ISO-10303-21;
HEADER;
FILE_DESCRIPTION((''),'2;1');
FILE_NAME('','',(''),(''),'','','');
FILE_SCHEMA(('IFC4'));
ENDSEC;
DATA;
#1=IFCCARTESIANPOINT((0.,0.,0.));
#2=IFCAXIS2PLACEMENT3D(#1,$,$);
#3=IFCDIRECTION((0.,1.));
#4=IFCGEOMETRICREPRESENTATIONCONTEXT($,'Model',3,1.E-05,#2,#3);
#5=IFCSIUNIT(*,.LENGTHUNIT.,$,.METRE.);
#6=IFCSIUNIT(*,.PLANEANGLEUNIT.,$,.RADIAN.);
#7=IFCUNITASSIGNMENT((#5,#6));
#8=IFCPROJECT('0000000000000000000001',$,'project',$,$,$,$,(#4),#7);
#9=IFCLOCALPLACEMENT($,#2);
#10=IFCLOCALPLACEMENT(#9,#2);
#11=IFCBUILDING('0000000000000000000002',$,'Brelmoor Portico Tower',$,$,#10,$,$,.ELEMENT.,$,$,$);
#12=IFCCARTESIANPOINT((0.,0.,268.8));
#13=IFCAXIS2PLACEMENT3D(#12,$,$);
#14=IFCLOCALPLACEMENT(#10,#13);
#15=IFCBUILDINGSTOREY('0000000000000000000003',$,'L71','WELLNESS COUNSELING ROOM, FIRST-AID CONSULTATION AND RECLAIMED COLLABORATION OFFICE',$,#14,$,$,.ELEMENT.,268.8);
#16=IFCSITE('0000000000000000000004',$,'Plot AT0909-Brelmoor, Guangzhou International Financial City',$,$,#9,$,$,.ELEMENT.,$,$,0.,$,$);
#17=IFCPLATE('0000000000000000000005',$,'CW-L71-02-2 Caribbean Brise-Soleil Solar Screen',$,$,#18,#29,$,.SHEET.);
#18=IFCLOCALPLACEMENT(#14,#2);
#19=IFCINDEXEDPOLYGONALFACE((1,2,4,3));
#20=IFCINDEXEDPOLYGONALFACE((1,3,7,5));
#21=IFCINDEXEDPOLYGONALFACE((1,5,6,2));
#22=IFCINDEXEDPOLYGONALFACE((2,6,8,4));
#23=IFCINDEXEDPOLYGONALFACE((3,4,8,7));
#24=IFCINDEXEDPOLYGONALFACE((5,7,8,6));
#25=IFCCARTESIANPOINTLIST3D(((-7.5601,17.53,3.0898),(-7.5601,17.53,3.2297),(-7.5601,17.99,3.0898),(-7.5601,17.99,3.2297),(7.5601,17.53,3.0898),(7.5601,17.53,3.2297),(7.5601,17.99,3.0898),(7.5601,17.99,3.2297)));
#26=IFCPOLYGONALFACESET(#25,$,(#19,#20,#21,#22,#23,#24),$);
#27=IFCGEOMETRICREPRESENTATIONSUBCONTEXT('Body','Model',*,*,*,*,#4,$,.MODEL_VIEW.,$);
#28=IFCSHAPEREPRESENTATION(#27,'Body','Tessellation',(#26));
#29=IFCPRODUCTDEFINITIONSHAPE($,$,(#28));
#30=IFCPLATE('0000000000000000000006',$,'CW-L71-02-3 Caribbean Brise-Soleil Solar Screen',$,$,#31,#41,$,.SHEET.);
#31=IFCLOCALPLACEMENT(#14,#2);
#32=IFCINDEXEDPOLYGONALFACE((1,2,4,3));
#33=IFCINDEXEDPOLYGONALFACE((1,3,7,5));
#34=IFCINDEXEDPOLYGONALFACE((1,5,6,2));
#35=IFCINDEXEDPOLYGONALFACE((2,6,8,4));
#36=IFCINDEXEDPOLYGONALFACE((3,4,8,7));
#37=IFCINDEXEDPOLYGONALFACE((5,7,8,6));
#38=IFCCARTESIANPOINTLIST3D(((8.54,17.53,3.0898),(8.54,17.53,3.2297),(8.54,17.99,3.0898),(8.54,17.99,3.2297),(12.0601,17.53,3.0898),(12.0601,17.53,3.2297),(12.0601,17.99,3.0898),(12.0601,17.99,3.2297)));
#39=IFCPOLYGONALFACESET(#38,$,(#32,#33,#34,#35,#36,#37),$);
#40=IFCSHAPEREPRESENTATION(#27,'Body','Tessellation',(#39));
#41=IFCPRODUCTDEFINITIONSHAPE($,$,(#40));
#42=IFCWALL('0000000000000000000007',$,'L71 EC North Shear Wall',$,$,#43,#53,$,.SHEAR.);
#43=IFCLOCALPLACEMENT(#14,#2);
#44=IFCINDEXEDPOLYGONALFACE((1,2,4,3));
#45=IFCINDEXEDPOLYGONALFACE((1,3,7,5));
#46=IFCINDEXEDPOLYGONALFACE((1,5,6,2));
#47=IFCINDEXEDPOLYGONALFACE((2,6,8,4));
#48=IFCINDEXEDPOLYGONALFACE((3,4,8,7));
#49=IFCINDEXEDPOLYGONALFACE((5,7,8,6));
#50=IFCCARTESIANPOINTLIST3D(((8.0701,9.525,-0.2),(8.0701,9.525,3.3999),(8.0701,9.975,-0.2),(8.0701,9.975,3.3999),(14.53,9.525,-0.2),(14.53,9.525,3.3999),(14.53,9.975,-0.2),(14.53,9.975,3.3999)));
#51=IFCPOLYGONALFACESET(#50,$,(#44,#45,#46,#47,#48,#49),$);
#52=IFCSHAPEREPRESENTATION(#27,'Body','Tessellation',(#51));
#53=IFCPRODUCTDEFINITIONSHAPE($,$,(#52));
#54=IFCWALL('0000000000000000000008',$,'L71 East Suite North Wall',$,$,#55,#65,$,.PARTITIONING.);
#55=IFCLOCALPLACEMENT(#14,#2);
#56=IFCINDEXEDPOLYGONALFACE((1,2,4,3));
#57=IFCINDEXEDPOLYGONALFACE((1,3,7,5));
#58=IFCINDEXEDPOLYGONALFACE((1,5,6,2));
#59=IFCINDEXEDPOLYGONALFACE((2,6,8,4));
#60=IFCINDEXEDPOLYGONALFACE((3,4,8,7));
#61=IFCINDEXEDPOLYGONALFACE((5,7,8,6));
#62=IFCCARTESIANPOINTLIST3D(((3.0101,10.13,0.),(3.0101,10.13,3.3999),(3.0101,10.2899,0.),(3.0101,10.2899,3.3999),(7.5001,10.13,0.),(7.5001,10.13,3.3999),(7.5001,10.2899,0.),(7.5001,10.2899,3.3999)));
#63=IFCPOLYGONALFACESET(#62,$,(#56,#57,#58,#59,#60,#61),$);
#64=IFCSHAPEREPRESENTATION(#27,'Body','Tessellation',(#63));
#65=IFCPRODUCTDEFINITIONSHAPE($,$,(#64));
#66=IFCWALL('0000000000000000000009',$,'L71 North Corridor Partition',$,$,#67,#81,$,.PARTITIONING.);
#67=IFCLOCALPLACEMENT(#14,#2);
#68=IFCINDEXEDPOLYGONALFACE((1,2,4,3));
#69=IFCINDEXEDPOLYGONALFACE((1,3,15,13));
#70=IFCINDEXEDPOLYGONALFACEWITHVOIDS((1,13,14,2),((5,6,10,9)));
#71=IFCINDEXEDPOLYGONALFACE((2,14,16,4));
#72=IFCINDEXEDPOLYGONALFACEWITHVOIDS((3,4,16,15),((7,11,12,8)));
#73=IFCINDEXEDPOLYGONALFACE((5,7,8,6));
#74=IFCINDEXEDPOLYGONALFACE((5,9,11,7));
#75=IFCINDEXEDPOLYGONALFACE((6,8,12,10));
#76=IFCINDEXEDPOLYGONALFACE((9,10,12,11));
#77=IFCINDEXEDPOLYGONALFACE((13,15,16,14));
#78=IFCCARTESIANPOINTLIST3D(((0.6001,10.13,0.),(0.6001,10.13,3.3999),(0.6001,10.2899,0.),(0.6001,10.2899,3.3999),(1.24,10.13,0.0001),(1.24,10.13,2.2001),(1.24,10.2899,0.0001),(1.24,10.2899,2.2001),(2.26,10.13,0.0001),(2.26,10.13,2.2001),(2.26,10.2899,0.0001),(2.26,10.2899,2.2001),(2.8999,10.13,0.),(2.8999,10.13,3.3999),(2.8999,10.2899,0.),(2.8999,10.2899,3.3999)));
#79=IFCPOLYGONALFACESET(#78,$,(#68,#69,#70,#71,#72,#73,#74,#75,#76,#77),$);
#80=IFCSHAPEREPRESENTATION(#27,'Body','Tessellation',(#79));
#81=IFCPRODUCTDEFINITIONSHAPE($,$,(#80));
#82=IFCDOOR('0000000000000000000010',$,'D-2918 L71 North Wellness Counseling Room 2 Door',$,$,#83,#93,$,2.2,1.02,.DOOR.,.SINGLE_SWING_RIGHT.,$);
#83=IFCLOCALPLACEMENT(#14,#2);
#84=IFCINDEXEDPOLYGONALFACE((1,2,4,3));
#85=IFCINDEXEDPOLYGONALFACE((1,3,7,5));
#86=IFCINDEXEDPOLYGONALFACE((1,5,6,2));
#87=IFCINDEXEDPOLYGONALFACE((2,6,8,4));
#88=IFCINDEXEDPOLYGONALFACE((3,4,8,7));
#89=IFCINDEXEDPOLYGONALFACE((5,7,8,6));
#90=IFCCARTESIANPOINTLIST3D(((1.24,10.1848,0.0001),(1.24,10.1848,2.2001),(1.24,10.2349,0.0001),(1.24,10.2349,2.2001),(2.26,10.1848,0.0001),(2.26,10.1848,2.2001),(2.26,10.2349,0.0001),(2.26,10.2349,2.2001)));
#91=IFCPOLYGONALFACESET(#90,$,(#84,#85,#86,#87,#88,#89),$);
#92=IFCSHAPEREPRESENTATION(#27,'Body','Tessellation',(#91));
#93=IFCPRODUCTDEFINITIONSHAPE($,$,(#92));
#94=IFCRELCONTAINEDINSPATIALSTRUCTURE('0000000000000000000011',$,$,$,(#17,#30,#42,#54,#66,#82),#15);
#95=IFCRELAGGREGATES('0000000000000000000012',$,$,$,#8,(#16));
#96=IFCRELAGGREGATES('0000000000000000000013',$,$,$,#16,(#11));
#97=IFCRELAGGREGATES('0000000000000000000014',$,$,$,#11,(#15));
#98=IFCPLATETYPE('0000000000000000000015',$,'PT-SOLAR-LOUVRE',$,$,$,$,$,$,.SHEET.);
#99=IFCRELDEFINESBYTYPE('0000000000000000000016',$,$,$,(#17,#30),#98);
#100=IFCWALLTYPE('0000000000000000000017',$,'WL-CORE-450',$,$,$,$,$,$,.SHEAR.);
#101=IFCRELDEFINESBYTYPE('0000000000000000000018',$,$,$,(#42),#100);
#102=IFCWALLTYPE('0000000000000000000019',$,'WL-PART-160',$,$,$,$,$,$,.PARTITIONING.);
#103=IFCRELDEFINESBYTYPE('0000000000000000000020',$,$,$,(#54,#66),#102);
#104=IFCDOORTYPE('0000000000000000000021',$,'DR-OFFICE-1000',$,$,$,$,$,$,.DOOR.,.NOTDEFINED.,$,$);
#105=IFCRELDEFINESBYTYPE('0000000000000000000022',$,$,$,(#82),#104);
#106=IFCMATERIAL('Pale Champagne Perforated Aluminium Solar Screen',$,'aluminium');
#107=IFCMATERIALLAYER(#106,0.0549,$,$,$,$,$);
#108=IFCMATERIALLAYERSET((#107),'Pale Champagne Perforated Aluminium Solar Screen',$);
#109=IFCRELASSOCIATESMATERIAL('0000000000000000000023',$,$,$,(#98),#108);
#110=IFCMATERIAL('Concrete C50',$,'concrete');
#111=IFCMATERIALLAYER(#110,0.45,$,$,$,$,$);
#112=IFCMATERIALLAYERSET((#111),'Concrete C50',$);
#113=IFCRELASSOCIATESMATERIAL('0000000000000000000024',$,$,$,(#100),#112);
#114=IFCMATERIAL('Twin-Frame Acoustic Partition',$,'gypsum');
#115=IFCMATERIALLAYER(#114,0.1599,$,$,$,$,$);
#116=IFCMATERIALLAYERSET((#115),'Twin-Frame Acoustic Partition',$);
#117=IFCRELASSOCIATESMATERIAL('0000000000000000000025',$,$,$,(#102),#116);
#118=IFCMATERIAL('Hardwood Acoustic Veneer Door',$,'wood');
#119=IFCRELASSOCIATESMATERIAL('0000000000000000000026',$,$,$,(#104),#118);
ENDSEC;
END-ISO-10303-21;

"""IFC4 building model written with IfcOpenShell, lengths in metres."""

from ifc_helpers import new_model, si_unit, direction, frame, frame_2d, origin, origin_2d, place, context, subcontext, project, spatial, rectangle, extrude, material, layer, layer_set, type_object, element, fill, save


model = new_model("IFC4")

# Units and contexts
model_context = context("Model", 3, precision=1e-05, world=origin(), true_north=direction((0.0, 1.0)))
body_context = subcontext(model_context, "Body", "Model", "MODEL_VIEW")
ifc_project = project(units=[si_unit("LENGTHUNIT", "METRE"), si_unit("PLANEANGLEUNIT", "RADIAN")], contexts=[model_context])

# Site, building, storey
site_placement = place(None, origin())
site = spatial("IfcSite", under=ifc_project, at=site_placement, Name="Plot AT0909-Brelmoor, Guangzhou International Financial City", CompositionType="ELEMENT", RefElevation=0.0)
building_placement = place(site_placement, origin())
building = spatial("IfcBuilding", under=site, at=building_placement, Name="Brelmoor Portico Tower", CompositionType="ELEMENT")
storey_placement = place(building_placement, frame((0.0, 0.0, 268.8)))
storey = spatial("IfcBuildingStorey", under=building, at=storey_placement, Name="L71", Description="WELLNESS COUNSELING ROOM, FIRST-AID CONSULTATION AND RECLAIMED COLLABORATION OFFICE", CompositionType="ELEMENT", Elevation=268.8)

# Plates
ifc_material_1 = material(Name="Pale Champagne Perforated Aluminium Solar Screen", Category="aluminium")
ifc_layer_1 = layer(ifc_material_1, 0.0549)
ifc_layer_set_1 = layer_set([ifc_layer_1], Name="Pale Champagne Perforated Aluminium Solar Screen")
plate_type_1 = type_object("IfcPlateType", Name="PT-SOLAR-LOUVRE", PredefinedType="SHEET", material=ifc_layer_set_1)
plate_1_placement = place(storey_placement, frame((0.0, 17.76, 3.0898), z_axis=(0.0, 0.0, 1.0), x_axis=(1.0, 0.0, 0.0)))
element("IfcPlate", 1, at=plate_1_placement, inside=storey, type_object=plate_type_1, Name="CW-L71-02-2 Caribbean Brise-Soleil Solar Screen", PredefinedType="SHEET", context=body_context, shape_type="SweptSolid", body=[
    extrude(rectangle(XDim=15.1201, YDim=0.46, at=origin_2d()), origin(), (0.0, 0.0, 1.0), 0.1399),
])
plate_2_placement = place(storey_placement, frame((10.3, 17.76, 3.0898), z_axis=(0.0, 0.0, 1.0), x_axis=(1.0, 0.0, 0.0)))
element("IfcPlate", 2, at=plate_2_placement, inside=storey, type_object=plate_type_1, Name="CW-L71-02-3 Caribbean Brise-Soleil Solar Screen", PredefinedType="SHEET", context=body_context, shape_type="SweptSolid", body=[
    extrude(rectangle(XDim=3.52, YDim=0.46, at=origin_2d()), origin(), (0.0, 0.0, 1.0), 0.1399),
])

# Walls
ifc_material_2 = material(Name="Concrete C50", Category="concrete")
ifc_layer_2 = layer(ifc_material_2, 0.45)
ifc_layer_set_2 = layer_set([ifc_layer_2], Name="Concrete C50")
wall_type_1 = type_object("IfcWallType", Name="WL-CORE-450", PredefinedType="SHEAR", material=ifc_layer_set_2)
wall_1_placement = place(storey_placement, frame((8.0701, 9.75, -0.2), z_axis=(0.0, 0.0, 1.0), x_axis=(1.0, 0.0, 0.0)))
element("IfcWall", 3, at=wall_1_placement, inside=storey, type_object=wall_type_1, Name="L71 EC North Shear Wall", PredefinedType="SHEAR", context=body_context, shape_type="SweptSolid", body=[
    extrude(rectangle(XDim=6.46, YDim=0.45, at=frame_2d((3.23, 0.0))), origin(), (0.0, 0.0, 1.0), 3.5999),
])
ifc_material_3 = material(Name="Twin-Frame Acoustic Partition", Category="gypsum")
ifc_layer_3 = layer(ifc_material_3, 0.1599)
ifc_layer_set_3 = layer_set([ifc_layer_3], Name="Twin-Frame Acoustic Partition")
wall_type_2 = type_object("IfcWallType", Name="WL-PART-160", PredefinedType="PARTITIONING", material=ifc_layer_set_3)
wall_2_placement = place(storey_placement, frame((3.01, 10.21, 0.0), z_axis=(0.0, 0.0, 1.0), x_axis=(1.0, 0.0, 0.0)))
element("IfcWall", 4, at=wall_2_placement, inside=storey, type_object=wall_type_2, Name="L71 East Suite North Wall", PredefinedType="PARTITIONING", context=body_context, shape_type="SweptSolid", body=[
    extrude(rectangle(XDim=4.49, YDim=0.1599, at=frame_2d((2.2451, 0.0))), origin(), (0.0, 0.0, 1.0), 3.3999),
])

# Wall, opening, door
wall_3_placement = place(storey_placement, frame((0.6001, 10.21, 0.0), z_axis=(0.0, 0.0, 1.0), x_axis=(1.0, 0.0, 0.0)))
wall_3 = element("IfcWall", 5, at=wall_3_placement, inside=storey, type_object=wall_type_2, Name="L71 North Corridor Partition", PredefinedType="PARTITIONING", context=body_context, shape_type="SweptSolid", body=[
    extrude(rectangle(XDim=2.2998, YDim=0.1599, at=frame_2d((1.1499, 0.0))), origin(), (0.0, 0.0, 1.0), 3.3999),
])
opening_placement = place(wall_3_placement, frame((0.6399, 0.0, 0.0)))
opening = element("IfcOpeningElement", 6, at=opening_placement, cuts=wall_3, PredefinedType="OPENING", context=body_context, shape_type="SweptSolid", body=[
    extrude(rectangle(XDim=1.02, YDim=2.2, at=frame_2d((0.51, 1.1001))), frame((0.0, 0.0898, 0.0), z_axis=(0.0, -1.0, 0.0), x_axis=(1.0, 0.0, 0.0)), (0.0, 0.0, 1.0), 0.1799),
])
ifc_material_4 = material(Name="Hardwood Acoustic Veneer Door", Category="wood")
door_type = type_object("IfcDoorType", Name="DR-OFFICE-1000", OperationType="NOTDEFINED", PredefinedType="DOOR", material=ifc_material_4)
door_placement = place(opening_placement, origin())
door = element("IfcDoor", 7, at=door_placement, inside=storey, type_object=door_type, Name="D-2918 L71 North Wellness Counseling Room 2 Door", OperationType="SINGLE_SWING_RIGHT", OverallHeight=2.2, OverallWidth=1.02, PredefinedType="DOOR", context=body_context, shape_type="SweptSolid", body=[
    extrude(rectangle(XDim=1.02, YDim=2.2, at=frame_2d((0.51, 1.1001))), frame((0.0, 0.0249, 0.0), z_axis=(0.0, -1.0, 0.0), x_axis=(1.0, 0.0, 0.0)), (0.0, 0.0, 1.0), 0.05),
])
fill(opening, door)

save(model, "model.ifc")
